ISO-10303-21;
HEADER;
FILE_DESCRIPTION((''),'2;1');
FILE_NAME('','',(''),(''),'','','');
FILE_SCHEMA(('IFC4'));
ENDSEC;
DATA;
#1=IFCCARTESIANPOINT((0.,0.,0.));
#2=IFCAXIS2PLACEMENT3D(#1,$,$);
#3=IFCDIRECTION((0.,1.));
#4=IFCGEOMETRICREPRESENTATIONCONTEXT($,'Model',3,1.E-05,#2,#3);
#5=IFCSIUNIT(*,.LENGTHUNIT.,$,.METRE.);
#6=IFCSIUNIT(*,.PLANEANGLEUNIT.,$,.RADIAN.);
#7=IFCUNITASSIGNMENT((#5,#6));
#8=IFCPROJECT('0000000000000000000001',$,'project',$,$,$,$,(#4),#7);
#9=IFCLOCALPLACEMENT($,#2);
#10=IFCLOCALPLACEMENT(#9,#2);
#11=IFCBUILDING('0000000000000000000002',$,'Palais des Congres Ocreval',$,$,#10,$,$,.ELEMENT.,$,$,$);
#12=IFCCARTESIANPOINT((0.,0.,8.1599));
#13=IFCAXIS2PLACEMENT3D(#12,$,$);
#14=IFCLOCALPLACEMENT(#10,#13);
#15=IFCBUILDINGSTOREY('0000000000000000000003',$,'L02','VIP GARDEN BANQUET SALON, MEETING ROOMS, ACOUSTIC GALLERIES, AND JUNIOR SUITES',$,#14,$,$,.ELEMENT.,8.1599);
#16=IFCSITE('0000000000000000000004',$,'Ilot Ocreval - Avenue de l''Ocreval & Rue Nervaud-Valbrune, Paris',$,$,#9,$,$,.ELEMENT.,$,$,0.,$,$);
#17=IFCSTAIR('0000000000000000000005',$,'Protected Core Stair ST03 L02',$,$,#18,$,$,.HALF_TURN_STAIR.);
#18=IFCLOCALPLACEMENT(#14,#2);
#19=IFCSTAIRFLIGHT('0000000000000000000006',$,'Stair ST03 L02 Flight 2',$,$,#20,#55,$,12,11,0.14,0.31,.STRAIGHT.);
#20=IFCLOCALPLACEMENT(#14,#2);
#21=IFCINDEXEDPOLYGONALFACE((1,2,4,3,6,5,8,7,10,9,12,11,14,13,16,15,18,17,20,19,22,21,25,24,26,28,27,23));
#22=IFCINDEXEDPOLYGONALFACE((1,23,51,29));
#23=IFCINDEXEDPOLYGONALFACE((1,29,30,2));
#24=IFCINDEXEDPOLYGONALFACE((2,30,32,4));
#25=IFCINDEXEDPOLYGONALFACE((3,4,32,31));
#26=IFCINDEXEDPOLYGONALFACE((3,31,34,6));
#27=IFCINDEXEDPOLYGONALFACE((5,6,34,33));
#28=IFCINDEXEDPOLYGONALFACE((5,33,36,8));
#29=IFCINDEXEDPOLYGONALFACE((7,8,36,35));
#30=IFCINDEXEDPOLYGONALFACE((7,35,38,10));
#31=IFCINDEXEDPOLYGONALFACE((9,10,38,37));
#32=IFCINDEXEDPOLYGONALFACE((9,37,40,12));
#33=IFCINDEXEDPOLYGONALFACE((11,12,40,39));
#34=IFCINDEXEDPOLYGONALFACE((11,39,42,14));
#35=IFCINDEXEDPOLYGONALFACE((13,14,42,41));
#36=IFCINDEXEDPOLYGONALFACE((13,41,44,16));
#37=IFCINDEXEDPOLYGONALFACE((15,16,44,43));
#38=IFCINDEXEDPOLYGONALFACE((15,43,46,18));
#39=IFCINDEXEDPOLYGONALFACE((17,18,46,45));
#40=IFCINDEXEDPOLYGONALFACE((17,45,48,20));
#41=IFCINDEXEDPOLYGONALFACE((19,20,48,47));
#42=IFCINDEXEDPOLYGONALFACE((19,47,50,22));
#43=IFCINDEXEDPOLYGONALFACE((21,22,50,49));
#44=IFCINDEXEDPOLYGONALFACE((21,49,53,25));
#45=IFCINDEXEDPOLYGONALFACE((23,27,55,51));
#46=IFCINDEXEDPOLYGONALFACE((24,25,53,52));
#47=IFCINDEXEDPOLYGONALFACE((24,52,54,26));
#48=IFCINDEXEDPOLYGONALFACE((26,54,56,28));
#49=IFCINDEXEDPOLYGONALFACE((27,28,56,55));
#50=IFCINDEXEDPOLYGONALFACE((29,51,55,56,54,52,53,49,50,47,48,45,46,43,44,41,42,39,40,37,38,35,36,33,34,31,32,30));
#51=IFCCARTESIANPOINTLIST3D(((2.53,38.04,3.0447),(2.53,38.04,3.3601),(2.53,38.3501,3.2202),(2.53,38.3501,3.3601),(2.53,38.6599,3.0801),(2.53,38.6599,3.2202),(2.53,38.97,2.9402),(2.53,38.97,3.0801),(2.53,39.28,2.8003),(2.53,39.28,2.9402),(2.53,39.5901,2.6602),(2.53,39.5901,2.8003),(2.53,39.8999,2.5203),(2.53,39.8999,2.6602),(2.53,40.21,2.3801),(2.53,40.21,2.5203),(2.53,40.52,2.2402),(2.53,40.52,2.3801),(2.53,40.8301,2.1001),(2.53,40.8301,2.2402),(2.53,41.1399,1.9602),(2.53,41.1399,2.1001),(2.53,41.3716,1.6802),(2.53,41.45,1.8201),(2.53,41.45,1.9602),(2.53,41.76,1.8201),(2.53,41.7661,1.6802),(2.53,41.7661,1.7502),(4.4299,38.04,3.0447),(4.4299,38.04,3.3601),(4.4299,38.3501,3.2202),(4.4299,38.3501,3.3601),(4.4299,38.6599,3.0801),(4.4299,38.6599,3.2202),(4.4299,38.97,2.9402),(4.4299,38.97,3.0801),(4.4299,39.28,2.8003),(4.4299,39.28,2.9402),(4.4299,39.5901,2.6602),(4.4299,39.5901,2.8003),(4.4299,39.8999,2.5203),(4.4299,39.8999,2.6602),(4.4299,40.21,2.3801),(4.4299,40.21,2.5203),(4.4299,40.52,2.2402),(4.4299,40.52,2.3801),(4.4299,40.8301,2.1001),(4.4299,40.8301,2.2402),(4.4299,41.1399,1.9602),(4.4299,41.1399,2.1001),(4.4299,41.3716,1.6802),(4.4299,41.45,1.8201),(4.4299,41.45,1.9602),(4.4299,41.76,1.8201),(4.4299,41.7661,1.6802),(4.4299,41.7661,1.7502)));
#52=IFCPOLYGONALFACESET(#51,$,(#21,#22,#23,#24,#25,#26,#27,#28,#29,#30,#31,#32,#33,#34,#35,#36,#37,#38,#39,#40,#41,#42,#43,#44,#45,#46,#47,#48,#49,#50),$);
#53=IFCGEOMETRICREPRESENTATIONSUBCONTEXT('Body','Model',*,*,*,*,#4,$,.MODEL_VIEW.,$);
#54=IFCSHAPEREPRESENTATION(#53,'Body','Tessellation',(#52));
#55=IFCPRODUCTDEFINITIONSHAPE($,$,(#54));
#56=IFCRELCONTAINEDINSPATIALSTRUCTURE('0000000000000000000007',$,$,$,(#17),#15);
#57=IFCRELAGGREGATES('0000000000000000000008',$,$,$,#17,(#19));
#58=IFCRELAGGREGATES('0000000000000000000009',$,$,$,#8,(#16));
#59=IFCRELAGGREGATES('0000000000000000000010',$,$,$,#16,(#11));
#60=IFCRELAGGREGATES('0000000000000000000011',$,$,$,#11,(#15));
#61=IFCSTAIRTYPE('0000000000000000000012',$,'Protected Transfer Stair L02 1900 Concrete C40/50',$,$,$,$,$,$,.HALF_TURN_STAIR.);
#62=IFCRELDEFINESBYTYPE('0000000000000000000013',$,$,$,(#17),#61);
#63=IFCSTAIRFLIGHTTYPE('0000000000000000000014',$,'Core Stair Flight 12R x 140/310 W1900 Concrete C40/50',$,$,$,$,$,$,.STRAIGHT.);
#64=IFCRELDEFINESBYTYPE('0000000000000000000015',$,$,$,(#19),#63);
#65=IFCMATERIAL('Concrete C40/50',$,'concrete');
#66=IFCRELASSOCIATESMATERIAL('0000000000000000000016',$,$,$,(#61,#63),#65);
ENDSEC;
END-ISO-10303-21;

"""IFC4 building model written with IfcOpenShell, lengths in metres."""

from ifc_helpers import new_model, si_unit, direction, frame, origin, place, context, subcontext, project, spatial, polyline, outline, extrude, material, type_object, element, aggregate, save


model = new_model("IFC4")

# Units and contexts
model_context = context("Model", 3, precision=1e-05, world=origin(), true_north=direction((0.0, 1.0)))
body_context = subcontext(model_context, "Body", "Model", "MODEL_VIEW")
ifc_project = project(units=[si_unit("LENGTHUNIT", "METRE"), si_unit("PLANEANGLEUNIT", "RADIAN")], contexts=[model_context])

# Site, building, storey
site_placement = place(None, origin())
site = spatial("IfcSite", under=ifc_project, at=site_placement, Name="Ilot Ocreval - Avenue de l'Ocreval & Rue Nervaud-Valbrune, Paris", CompositionType="ELEMENT", RefElevation=0.0)
building_placement = place(site_placement, origin())
building = spatial("IfcBuilding", under=site, at=building_placement, Name="Palais des Congres Ocreval", CompositionType="ELEMENT")
storey_placement = place(building_placement, frame((0.0, 0.0, 8.1599)))
storey = spatial("IfcBuildingStorey", under=building, at=storey_placement, Name="L02", Description="VIP GARDEN BANQUET SALON, MEETING ROOMS, ACOUSTIC GALLERIES, AND JUNIOR SUITES", CompositionType="ELEMENT", Elevation=8.1599)

# Shared definitions
ifc_material_1 = material(Name="Concrete C40/50", Category="concrete")

# Stair, stair flight
stair_type = type_object("IfcStairType", Name="Protected Transfer Stair L02 1900 Concrete C40/50", PredefinedType="HALF_TURN_STAIR", material=ifc_material_1)
stair_placement = place(storey_placement, origin())
stair = element("IfcStair", 1, at=stair_placement, inside=storey, type_object=stair_type, Name="Protected Core Stair ST03 L02", PredefinedType="HALF_TURN_STAIR")
stair_flight_type = type_object("IfcStairFlightType", Name="Core Stair Flight 12R x 140/310 W1900 Concrete C40/50", PredefinedType="STRAIGHT", material=ifc_material_1)
stair_flight_placement = place(storey_placement, frame((3.48, 41.76, 1.6802), z_axis=(0.0, 0.0, 1.0), x_axis=(0.0, -1.0, 0.0)))
stair_flight = element("IfcStairFlight", 2, at=stair_flight_placement, type_object=stair_flight_type, Name="Stair ST03 L02 Flight 2", NumberOfRisers=12, NumberOfTreads=11, PredefinedType="STRAIGHT", RiserHeight=0.14, TreadLength=0.31, context=body_context, shape_type="SweptSolid", body=[
    extrude(outline(polyline([(-0.0061, 0.0), (-0.0061, 0.0701), (0.0, 0.1399), (0.3101, 0.1399), (0.3101, 0.28), (0.6201, 0.28), (0.6201, 0.4199), (0.9299, 0.4199), (0.9299, 0.5601), (1.24, 0.5601), (1.24, 0.7), (1.55, 0.7), (1.55, 0.8401), (1.8601, 0.8401), (1.8601, 0.98), (2.1699, 0.98), (2.1699, 1.1201), (2.48, 1.1201), (2.48, 1.26), (2.79, 1.26), (2.79, 1.3999), (3.1001, 1.3999), (3.1001, 1.54), (3.4099, 1.54), (3.4099, 1.6799), (3.72, 1.6799), (3.72, 1.3645), (0.3884, 0.0), (-0.0061, 0.0)])), frame((0.0, 0.95, 0.0), z_axis=(0.0, -1.0, 0.0), x_axis=(1.0, 0.0, 0.0)), (0.0, 0.0, 1.0), 1.8999),
])
aggregate(stair, [stair_flight])

save(model, "model.ifc")
